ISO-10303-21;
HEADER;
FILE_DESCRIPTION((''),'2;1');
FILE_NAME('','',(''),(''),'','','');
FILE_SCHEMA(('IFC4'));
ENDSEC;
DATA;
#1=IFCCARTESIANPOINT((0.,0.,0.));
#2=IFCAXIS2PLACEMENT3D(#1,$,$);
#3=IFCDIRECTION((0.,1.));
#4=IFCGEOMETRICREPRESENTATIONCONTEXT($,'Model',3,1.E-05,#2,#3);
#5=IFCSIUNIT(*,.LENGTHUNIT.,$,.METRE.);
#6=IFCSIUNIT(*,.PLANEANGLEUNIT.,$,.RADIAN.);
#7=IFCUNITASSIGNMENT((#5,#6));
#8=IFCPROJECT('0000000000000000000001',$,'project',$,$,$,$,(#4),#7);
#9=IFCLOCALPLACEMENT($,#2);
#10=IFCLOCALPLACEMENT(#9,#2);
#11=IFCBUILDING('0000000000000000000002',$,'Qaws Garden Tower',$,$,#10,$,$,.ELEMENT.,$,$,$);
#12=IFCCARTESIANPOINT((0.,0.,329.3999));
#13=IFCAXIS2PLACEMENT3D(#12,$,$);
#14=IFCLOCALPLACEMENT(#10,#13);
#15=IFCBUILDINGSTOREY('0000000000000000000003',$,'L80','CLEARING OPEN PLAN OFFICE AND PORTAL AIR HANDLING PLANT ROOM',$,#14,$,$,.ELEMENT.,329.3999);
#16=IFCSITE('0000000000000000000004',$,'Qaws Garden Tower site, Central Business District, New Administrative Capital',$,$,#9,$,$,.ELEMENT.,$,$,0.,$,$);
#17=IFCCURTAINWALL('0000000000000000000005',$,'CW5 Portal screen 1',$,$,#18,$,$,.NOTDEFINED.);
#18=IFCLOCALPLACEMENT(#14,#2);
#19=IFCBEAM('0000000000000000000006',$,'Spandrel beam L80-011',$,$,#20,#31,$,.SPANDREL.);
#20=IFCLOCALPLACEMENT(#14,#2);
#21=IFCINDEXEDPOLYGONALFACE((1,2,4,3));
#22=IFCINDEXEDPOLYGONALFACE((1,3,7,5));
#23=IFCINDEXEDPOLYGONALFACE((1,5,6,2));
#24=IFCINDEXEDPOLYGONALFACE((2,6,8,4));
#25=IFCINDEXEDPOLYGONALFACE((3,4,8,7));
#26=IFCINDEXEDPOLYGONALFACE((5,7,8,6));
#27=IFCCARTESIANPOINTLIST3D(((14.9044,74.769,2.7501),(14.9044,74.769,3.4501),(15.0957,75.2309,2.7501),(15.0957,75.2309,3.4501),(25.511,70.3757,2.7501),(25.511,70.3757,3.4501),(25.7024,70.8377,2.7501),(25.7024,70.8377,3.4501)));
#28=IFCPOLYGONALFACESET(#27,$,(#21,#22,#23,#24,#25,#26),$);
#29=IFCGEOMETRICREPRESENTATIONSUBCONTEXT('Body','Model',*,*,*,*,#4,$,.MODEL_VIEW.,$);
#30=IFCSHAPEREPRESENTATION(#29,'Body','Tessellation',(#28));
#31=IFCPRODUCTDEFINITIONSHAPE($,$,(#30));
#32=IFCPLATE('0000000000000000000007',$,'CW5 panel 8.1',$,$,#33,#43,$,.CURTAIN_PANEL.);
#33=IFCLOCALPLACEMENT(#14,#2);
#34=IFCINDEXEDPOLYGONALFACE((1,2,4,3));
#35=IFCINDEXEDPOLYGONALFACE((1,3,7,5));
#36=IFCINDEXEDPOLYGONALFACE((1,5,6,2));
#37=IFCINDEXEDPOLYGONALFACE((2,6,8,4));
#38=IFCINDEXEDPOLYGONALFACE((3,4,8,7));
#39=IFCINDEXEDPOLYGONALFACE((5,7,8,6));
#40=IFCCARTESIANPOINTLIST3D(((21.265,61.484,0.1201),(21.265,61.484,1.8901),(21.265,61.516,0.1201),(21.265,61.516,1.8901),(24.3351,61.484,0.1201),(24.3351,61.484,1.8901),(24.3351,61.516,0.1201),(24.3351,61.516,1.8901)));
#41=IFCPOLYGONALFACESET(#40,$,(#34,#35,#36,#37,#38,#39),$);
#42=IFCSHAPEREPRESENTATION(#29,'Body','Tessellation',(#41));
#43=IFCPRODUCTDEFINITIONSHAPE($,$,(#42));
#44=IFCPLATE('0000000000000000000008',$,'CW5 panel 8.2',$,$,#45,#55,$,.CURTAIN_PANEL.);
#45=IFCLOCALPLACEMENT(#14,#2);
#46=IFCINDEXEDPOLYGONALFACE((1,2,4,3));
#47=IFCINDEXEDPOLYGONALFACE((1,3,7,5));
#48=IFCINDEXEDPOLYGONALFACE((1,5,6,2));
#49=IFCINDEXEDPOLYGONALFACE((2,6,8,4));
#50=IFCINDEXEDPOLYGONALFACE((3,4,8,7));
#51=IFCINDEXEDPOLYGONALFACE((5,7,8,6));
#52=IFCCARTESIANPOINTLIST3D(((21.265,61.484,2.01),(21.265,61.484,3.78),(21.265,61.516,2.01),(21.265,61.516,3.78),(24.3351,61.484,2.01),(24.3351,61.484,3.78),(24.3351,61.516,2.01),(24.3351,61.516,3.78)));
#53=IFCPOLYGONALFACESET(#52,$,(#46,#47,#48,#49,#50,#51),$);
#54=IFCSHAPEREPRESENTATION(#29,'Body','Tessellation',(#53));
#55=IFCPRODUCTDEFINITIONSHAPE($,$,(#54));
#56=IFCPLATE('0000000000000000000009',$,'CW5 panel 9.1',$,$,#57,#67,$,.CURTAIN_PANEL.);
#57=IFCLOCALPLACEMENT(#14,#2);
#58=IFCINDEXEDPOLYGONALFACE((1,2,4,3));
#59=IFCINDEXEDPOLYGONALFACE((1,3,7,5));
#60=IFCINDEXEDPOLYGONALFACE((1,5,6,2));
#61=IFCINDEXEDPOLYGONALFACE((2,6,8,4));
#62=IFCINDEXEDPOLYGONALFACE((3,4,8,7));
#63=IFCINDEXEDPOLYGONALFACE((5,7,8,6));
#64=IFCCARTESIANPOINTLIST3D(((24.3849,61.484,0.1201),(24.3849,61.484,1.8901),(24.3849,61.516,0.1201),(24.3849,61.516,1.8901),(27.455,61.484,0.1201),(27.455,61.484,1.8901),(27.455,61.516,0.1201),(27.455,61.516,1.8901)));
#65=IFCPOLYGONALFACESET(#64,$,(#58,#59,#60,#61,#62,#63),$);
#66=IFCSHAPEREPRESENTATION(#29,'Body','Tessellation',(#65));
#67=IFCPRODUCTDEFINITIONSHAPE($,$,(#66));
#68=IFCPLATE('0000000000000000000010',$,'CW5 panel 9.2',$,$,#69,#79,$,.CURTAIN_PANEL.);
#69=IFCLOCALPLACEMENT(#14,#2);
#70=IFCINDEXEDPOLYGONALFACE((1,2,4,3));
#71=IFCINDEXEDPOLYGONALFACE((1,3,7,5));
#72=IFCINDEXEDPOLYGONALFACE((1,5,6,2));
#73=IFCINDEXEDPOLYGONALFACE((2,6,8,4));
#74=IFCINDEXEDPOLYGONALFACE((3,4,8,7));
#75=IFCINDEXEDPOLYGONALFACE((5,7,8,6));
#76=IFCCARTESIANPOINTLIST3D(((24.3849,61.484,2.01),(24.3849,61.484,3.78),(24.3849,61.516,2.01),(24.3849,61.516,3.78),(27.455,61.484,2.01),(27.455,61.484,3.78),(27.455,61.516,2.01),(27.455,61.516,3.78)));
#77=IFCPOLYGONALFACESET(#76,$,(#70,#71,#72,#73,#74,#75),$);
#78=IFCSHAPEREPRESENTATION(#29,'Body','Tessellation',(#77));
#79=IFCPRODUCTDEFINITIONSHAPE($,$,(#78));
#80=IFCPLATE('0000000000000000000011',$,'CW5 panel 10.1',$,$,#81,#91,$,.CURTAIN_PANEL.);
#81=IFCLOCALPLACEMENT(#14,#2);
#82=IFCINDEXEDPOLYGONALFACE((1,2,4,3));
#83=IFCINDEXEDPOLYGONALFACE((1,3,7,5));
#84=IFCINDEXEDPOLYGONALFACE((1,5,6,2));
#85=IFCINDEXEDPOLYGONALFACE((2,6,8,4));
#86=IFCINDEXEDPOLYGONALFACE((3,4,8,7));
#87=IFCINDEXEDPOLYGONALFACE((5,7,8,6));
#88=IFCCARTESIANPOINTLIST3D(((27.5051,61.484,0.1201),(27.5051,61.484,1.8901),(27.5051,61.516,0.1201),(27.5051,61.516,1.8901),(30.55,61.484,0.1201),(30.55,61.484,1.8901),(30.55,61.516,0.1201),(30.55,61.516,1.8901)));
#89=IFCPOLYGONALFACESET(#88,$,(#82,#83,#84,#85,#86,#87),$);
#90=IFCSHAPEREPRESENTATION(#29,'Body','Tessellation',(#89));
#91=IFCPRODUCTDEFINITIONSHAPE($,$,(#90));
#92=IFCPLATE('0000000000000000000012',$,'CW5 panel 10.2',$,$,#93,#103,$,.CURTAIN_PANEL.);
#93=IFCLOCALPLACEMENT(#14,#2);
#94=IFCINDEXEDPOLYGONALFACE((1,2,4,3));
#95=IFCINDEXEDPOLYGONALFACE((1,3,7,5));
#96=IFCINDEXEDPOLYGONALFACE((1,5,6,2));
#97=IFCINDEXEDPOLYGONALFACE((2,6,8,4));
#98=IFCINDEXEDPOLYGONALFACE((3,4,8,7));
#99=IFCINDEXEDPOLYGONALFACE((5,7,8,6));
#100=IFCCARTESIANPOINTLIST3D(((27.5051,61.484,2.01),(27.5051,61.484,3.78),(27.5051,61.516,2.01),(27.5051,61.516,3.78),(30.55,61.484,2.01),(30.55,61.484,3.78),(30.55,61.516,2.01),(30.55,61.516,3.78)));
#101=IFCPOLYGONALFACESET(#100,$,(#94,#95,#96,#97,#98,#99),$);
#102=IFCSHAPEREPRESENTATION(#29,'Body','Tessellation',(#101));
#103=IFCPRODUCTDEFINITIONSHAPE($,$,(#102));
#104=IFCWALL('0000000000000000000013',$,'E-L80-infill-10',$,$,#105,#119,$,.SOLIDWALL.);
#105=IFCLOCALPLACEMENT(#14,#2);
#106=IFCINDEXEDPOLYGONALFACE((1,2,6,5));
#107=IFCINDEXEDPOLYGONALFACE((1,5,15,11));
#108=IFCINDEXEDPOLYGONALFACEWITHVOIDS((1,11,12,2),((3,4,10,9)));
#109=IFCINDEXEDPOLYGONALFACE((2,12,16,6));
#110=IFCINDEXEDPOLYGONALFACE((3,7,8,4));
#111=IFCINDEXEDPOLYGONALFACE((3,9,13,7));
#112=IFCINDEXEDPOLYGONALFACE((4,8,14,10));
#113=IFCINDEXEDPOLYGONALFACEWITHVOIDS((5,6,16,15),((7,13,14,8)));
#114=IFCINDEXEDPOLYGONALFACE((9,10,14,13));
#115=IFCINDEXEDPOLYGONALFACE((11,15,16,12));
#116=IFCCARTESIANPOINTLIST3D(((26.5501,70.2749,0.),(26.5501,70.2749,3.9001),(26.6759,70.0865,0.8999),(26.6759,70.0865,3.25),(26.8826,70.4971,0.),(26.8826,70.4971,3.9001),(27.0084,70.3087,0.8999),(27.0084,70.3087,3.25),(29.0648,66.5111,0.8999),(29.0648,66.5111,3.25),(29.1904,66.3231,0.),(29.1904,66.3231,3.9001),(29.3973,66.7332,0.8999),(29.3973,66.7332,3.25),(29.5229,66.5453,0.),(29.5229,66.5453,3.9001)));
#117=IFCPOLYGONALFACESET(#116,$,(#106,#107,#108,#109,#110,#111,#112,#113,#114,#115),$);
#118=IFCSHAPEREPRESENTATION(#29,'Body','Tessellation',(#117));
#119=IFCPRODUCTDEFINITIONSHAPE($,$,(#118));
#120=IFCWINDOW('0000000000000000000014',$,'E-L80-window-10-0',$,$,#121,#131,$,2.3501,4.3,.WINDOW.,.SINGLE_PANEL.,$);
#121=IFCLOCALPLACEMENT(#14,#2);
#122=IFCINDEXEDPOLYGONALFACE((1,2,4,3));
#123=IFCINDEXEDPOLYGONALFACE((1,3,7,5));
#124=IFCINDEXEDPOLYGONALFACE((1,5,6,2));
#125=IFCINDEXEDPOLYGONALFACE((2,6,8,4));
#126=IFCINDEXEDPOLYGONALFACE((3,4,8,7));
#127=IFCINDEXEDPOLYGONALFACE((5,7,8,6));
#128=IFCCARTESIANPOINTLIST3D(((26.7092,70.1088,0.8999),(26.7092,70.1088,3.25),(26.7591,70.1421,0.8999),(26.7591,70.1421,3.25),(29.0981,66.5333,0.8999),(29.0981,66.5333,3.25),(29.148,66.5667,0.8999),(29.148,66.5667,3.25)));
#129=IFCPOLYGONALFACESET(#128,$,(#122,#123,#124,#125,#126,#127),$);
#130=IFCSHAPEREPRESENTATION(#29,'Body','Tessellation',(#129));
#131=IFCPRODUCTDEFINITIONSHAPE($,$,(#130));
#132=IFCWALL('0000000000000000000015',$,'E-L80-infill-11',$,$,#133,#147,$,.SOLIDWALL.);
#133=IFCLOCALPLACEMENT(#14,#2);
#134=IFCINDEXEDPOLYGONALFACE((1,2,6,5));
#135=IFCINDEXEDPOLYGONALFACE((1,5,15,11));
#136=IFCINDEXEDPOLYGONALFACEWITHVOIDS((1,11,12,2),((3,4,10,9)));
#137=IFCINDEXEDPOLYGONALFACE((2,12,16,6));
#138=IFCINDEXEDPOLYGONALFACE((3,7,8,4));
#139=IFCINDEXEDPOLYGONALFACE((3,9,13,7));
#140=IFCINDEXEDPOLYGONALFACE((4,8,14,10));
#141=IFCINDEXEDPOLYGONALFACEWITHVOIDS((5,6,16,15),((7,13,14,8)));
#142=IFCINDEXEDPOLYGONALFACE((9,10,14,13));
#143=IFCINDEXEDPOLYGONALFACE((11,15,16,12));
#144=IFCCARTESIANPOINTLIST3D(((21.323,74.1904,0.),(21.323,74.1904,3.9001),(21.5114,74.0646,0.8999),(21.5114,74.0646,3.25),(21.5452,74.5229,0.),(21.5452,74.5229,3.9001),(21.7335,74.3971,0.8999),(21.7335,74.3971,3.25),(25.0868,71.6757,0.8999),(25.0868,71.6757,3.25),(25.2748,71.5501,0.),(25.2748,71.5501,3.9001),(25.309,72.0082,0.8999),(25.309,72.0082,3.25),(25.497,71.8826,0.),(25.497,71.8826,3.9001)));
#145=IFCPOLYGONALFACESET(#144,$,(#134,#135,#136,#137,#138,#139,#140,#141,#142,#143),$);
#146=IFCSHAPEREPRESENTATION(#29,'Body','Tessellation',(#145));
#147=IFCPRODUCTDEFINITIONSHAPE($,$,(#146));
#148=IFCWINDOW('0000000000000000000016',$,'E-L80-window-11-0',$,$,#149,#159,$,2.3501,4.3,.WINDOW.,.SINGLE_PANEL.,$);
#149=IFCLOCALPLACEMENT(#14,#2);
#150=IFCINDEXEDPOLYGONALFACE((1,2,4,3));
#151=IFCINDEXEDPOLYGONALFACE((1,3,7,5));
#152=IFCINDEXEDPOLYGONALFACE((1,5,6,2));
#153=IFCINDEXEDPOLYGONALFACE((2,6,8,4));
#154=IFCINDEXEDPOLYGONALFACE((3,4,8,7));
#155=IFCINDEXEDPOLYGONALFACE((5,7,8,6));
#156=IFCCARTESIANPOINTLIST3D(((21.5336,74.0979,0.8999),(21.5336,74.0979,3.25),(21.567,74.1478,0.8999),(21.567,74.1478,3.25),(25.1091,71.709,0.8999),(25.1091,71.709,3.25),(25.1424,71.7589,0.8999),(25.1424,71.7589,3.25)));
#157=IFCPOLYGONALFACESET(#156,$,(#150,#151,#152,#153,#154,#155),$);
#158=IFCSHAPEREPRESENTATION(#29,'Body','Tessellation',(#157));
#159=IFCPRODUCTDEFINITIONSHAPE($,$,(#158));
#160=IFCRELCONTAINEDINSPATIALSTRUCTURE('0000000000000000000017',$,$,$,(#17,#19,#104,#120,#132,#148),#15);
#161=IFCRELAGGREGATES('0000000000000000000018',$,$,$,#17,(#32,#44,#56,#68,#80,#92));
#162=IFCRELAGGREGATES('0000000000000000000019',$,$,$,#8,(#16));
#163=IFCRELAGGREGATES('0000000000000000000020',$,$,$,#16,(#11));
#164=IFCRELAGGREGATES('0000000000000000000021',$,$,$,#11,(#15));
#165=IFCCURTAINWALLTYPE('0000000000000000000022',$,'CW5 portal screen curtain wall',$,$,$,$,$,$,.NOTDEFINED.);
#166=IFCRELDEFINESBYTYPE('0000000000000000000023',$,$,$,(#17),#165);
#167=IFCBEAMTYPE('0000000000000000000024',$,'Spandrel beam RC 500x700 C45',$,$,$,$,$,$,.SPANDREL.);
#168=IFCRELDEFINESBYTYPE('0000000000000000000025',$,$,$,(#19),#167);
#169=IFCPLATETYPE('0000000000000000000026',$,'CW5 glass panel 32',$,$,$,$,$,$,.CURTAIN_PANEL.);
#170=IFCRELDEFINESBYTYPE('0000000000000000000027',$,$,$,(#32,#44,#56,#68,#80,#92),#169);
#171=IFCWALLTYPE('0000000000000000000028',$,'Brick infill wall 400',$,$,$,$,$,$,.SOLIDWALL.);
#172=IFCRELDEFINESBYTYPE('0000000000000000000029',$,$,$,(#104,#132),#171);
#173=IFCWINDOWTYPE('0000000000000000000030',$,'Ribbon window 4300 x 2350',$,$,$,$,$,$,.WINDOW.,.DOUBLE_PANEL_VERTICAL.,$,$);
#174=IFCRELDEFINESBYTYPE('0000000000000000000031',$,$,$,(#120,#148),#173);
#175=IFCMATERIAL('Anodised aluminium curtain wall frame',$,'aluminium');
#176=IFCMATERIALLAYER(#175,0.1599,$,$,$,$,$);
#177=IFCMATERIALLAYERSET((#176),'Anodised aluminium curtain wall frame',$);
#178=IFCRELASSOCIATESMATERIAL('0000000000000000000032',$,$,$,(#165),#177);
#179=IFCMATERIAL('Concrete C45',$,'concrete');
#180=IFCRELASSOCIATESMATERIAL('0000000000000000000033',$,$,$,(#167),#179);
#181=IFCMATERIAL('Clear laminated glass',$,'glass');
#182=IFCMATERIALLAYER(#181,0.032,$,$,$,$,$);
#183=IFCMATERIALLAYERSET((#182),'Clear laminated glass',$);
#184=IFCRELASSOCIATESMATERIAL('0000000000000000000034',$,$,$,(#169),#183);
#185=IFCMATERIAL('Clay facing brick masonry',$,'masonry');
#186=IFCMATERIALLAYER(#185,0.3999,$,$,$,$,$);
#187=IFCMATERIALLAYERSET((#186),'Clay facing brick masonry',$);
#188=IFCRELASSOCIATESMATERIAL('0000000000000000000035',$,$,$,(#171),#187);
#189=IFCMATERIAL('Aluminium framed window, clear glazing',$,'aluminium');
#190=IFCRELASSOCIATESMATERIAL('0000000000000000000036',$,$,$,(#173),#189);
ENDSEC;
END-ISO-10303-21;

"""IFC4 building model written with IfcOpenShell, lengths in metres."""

from ifc_helpers import new_model, si_unit, direction, frame, frame_2d, origin, origin_2d, place, context, subcontext, project, spatial, rectangle, extrude, material, layer, layer_set, material_profile, profile_set, type_object, element, fill, aggregate, save


model = new_model("IFC4")

# Units and contexts
model_context = context("Model", 3, precision=1e-05, world=origin(), true_north=direction((0.0, 1.0)))
body_context = subcontext(model_context, "Body", "Model", "MODEL_VIEW")
ifc_project = project(units=[si_unit("LENGTHUNIT", "METRE"), si_unit("PLANEANGLEUNIT", "RADIAN")], contexts=[model_context])

# Site, building, storey
site_placement = place(None, origin())
site = spatial("IfcSite", under=ifc_project, at=site_placement, Name="Qaws Garden Tower site, Central Business District, New Administrative Capital", CompositionType="ELEMENT", RefElevation=0.0)
building_placement = place(site_placement, origin())
building = spatial("IfcBuilding", under=site, at=building_placement, Name="Qaws Garden Tower", CompositionType="ELEMENT")
storey_placement = place(building_placement, frame((0.0, 0.0, 329.3999)))
storey = spatial("IfcBuildingStorey", under=building, at=storey_placement, Name="L80", Description="CLEARING OPEN PLAN OFFICE AND PORTAL AIR HANDLING PLANT ROOM", CompositionType="ELEMENT", Elevation=329.3999)

# Curtain wall
ifc_material_1 = material(Name="Anodised aluminium curtain wall frame", Category="aluminium")
ifc_layer_1 = layer(ifc_material_1, 0.1599)
ifc_layer_set_1 = layer_set([ifc_layer_1], Name="Anodised aluminium curtain wall frame")
curtain_wall_type = type_object("IfcCurtainWallType", Name="CW5 portal screen curtain wall", PredefinedType="NOTDEFINED", material=ifc_layer_set_1)
curtain_wall_placement = place(storey_placement, origin())
curtain_wall = element("IfcCurtainWall", 1, at=curtain_wall_placement, inside=storey, type_object=curtain_wall_type, Name="CW5 Portal screen 1", PredefinedType="NOTDEFINED")

# Beam
ifc_material_2 = material(Name="Concrete C45", Category="concrete")
ifc_material_profile_1 = material_profile(ifc_material_2, rectangle(XDim=0.5, YDim=0.7, at=origin_2d()), Name="RC 500x700")
ifc_profile_set_1 = profile_set([ifc_material_profile_1], Name="Concrete C45")
beam_type = type_object("IfcBeamType", Name="Spandrel beam RC 500x700 C45", PredefinedType="SPANDREL", material=ifc_profile_set_1)
beam_placement = place(storey_placement, frame((25.6067, 70.6067, 3.1001), z_axis=(-0.923883, 0.382674, 0.0), x_axis=(-0.382674, -0.923883, 0.0)))
element("IfcBeam", 2, at=beam_placement, inside=storey, type_object=beam_type, Name="Spandrel beam L80-011", PredefinedType="SPANDREL", context=body_context, shape_type="SweptSolid", body=[
    extrude(rectangle(XDim=0.5, YDim=0.7, at=origin_2d()), origin(), (0.0, 0.0, 1.0), 11.4805),
])

# Plates
ifc_material_3 = material(Name="Clear laminated glass", Category="glass")
ifc_layer_2 = layer(ifc_material_3, 0.032)
ifc_layer_set_2 = layer_set([ifc_layer_2], Name="Clear laminated glass")
plate_type = type_object("IfcPlateType", Name="CW5 glass panel 32", PredefinedType="CURTAIN_PANEL", material=ifc_layer_set_2)
plate_1_placement = place(storey_placement, frame((22.8, 61.5, 0.1201), z_axis=(0.0, 0.0, 1.0), x_axis=(1.0, 0.0, 0.0)))
plate_1 = element("IfcPlate", 3, at=plate_1_placement, type_object=plate_type, Name="CW5 panel 8.1", PredefinedType="CURTAIN_PANEL", context=body_context, shape_type="SweptSolid", body=[
    extrude(rectangle(XDim=3.0701, YDim=0.032, at=origin_2d()), origin(), (0.0, 0.0, 1.0), 1.77),
])
plate_2_placement = place(storey_placement, frame((22.8, 61.5, 2.01), z_axis=(0.0, 0.0, 1.0), x_axis=(1.0, 0.0, 0.0)))
plate_2 = element("IfcPlate", 4, at=plate_2_placement, type_object=plate_type, Name="CW5 panel 8.2", PredefinedType="CURTAIN_PANEL", context=body_context, shape_type="SweptSolid", body=[
    extrude(rectangle(XDim=3.0701, YDim=0.032, at=origin_2d()), origin(), (0.0, 0.0, 1.0), 1.77),
])
plate_3_placement = place(storey_placement, frame((25.9199, 61.5, 0.1201), z_axis=(0.0, 0.0, 1.0), x_axis=(1.0, 0.0, 0.0)))
plate_3 = element("IfcPlate", 5, at=plate_3_placement, type_object=plate_type, Name="CW5 panel 9.1", PredefinedType="CURTAIN_PANEL", context=body_context, shape_type="SweptSolid", body=[
    extrude(rectangle(XDim=3.0701, YDim=0.032, at=origin_2d()), origin(), (0.0, 0.0, 1.0), 1.77),
])
plate_4_placement = place(storey_placement, frame((25.9199, 61.5, 2.01), z_axis=(0.0, 0.0, 1.0), x_axis=(1.0, 0.0, 0.0)))
plate_4 = element("IfcPlate", 6, at=plate_4_placement, type_object=plate_type, Name="CW5 panel 9.2", PredefinedType="CURTAIN_PANEL", context=body_context, shape_type="SweptSolid", body=[
    extrude(rectangle(XDim=3.0701, YDim=0.032, at=origin_2d()), origin(), (0.0, 0.0, 1.0), 1.77),
])
plate_5_placement = place(storey_placement, frame((29.0276, 61.5, 0.1201), z_axis=(0.0, 0.0, 1.0), x_axis=(1.0, 0.0, 0.0)))
plate_5 = element("IfcPlate", 7, at=plate_5_placement, type_object=plate_type, Name="CW5 panel 10.1", PredefinedType="CURTAIN_PANEL", context=body_context, shape_type="SweptSolid", body=[
    extrude(rectangle(XDim=3.0449, YDim=0.032, at=origin_2d()), origin(), (0.0, 0.0, 1.0), 1.77),
])
plate_6_placement = place(storey_placement, frame((29.0276, 61.5, 2.01), z_axis=(0.0, 0.0, 1.0), x_axis=(1.0, 0.0, 0.0)))
plate_6 = element("IfcPlate", 8, at=plate_6_placement, type_object=plate_type, Name="CW5 panel 10.2", PredefinedType="CURTAIN_PANEL", context=body_context, shape_type="SweptSolid", body=[
    extrude(rectangle(XDim=3.0449, YDim=0.032, at=origin_2d()), origin(), (0.0, 0.0, 1.0), 1.77),
])
aggregate(curtain_wall, [plate_1, plate_2, plate_3, plate_4, plate_5, plate_6])

# Walls, openings, windows
ifc_material_4 = material(Name="Clay facing brick masonry", Category="masonry")
ifc_layer_3 = layer(ifc_material_4, 0.3999)
ifc_layer_set_3 = layer_set([ifc_layer_3], Name="Clay facing brick masonry")
wall_type = type_object("IfcWallType", Name="Brick infill wall 400", PredefinedType="SOLIDWALL", material=ifc_layer_set_3)
wall_1_placement = place(storey_placement, frame((29.3567, 66.4341, 0.0), z_axis=(0.0, 0.0, 1.0), x_axis=(-0.555542, 0.831489, 0.0)))
wall_1 = element("IfcWall", 9, at=wall_1_placement, inside=storey, type_object=wall_type, Name="E-L80-infill-10", PredefinedType="SOLIDWALL", context=body_context, shape_type="SweptSolid", body=[
    extrude(rectangle(XDim=4.7527, YDim=0.3999, at=frame_2d((2.3765, 0.0))), origin(), (0.0, 0.0, 1.0), 3.9001),
])
opening_1_placement = place(wall_1_placement, frame((0.2263, 0.0, 0.8999)))
opening_1 = element("IfcOpeningElement", 10, at=opening_1_placement, cuts=wall_1, PredefinedType="OPENING", context=body_context, shape_type="SweptSolid", body=[
    extrude(rectangle(XDim=4.3, YDim=2.3501, at=frame_2d((2.1499, 1.175))), frame((0.0, 0.21, 0.0), z_axis=(0.0, -1.0, 0.0), x_axis=(1.0, 0.0, 0.0)), (0.0, 0.0, 1.0), 0.4199),
])
ifc_material_5 = material(Name="Aluminium framed window, clear glazing", Category="aluminium")
window_type = type_object("IfcWindowType", Name="Ribbon window 4300 x 2350", PartitioningType="DOUBLE_PANEL_VERTICAL", PredefinedType="WINDOW", material=ifc_material_5)
window_1_placement = place(opening_1_placement, origin())
window_1 = element("IfcWindow", 11, at=window_1_placement, inside=storey, type_object=window_type, Name="E-L80-window-10-0", OverallHeight=2.3501, OverallWidth=4.3, PartitioningType="SINGLE_PANEL", PredefinedType="WINDOW", context=body_context, shape_type="SweptSolid", body=[
    extrude(rectangle(XDim=4.3, YDim=2.3501, at=frame_2d((2.1499, 1.175))), frame((0.0, 0.1599, 0.0), z_axis=(0.0, -1.0, 0.0), x_axis=(1.0, 0.0, 0.0)), (0.0, 0.0, 1.0), 0.0601),
])
fill(opening_1, window_1)
wall_2_placement = place(storey_placement, frame((25.386, 71.7163, 0.0), z_axis=(0.0, 0.0, 1.0), x_axis=(-0.831489, 0.555542, 0.0)))
wall_2 = element("IfcWall", 12, at=wall_2_placement, inside=storey, type_object=wall_type, Name="E-L80-infill-11", PredefinedType="SOLIDWALL", context=body_context, shape_type="SweptSolid", body=[
    extrude(rectangle(XDim=4.7527, YDim=0.3999, at=frame_2d((2.3765, 0.0))), origin(), (0.0, 0.0, 1.0), 3.9001),
])
opening_2_placement = place(wall_2_placement, frame((0.2263, 0.0, 0.8999)))
opening_2 = element("IfcOpeningElement", 13, at=opening_2_placement, cuts=wall_2, PredefinedType="OPENING", context=body_context, shape_type="SweptSolid", body=[
    extrude(rectangle(XDim=4.3, YDim=2.3501, at=frame_2d((2.1499, 1.175))), frame((0.0, 0.21, 0.0), z_axis=(0.0, -1.0, 0.0), x_axis=(1.0, 0.0, 0.0)), (0.0, 0.0, 1.0), 0.4199),
])
window_2_placement = place(opening_2_placement, origin())
window_2 = element("IfcWindow", 14, at=window_2_placement, inside=storey, type_object=window_type, Name="E-L80-window-11-0", OverallHeight=2.3501, OverallWidth=4.3, PartitioningType="SINGLE_PANEL", PredefinedType="WINDOW", context=body_context, shape_type="SweptSolid", body=[
    extrude(rectangle(XDim=4.3, YDim=2.3501, at=frame_2d((2.1499, 1.175))), frame((0.0, 0.1599, 0.0), z_axis=(0.0, -1.0, 0.0), x_axis=(1.0, 0.0, 0.0)), (0.0, 0.0, 1.0), 0.0601),
])
fill(opening_2, window_2)

save(model, "model.ifc")
